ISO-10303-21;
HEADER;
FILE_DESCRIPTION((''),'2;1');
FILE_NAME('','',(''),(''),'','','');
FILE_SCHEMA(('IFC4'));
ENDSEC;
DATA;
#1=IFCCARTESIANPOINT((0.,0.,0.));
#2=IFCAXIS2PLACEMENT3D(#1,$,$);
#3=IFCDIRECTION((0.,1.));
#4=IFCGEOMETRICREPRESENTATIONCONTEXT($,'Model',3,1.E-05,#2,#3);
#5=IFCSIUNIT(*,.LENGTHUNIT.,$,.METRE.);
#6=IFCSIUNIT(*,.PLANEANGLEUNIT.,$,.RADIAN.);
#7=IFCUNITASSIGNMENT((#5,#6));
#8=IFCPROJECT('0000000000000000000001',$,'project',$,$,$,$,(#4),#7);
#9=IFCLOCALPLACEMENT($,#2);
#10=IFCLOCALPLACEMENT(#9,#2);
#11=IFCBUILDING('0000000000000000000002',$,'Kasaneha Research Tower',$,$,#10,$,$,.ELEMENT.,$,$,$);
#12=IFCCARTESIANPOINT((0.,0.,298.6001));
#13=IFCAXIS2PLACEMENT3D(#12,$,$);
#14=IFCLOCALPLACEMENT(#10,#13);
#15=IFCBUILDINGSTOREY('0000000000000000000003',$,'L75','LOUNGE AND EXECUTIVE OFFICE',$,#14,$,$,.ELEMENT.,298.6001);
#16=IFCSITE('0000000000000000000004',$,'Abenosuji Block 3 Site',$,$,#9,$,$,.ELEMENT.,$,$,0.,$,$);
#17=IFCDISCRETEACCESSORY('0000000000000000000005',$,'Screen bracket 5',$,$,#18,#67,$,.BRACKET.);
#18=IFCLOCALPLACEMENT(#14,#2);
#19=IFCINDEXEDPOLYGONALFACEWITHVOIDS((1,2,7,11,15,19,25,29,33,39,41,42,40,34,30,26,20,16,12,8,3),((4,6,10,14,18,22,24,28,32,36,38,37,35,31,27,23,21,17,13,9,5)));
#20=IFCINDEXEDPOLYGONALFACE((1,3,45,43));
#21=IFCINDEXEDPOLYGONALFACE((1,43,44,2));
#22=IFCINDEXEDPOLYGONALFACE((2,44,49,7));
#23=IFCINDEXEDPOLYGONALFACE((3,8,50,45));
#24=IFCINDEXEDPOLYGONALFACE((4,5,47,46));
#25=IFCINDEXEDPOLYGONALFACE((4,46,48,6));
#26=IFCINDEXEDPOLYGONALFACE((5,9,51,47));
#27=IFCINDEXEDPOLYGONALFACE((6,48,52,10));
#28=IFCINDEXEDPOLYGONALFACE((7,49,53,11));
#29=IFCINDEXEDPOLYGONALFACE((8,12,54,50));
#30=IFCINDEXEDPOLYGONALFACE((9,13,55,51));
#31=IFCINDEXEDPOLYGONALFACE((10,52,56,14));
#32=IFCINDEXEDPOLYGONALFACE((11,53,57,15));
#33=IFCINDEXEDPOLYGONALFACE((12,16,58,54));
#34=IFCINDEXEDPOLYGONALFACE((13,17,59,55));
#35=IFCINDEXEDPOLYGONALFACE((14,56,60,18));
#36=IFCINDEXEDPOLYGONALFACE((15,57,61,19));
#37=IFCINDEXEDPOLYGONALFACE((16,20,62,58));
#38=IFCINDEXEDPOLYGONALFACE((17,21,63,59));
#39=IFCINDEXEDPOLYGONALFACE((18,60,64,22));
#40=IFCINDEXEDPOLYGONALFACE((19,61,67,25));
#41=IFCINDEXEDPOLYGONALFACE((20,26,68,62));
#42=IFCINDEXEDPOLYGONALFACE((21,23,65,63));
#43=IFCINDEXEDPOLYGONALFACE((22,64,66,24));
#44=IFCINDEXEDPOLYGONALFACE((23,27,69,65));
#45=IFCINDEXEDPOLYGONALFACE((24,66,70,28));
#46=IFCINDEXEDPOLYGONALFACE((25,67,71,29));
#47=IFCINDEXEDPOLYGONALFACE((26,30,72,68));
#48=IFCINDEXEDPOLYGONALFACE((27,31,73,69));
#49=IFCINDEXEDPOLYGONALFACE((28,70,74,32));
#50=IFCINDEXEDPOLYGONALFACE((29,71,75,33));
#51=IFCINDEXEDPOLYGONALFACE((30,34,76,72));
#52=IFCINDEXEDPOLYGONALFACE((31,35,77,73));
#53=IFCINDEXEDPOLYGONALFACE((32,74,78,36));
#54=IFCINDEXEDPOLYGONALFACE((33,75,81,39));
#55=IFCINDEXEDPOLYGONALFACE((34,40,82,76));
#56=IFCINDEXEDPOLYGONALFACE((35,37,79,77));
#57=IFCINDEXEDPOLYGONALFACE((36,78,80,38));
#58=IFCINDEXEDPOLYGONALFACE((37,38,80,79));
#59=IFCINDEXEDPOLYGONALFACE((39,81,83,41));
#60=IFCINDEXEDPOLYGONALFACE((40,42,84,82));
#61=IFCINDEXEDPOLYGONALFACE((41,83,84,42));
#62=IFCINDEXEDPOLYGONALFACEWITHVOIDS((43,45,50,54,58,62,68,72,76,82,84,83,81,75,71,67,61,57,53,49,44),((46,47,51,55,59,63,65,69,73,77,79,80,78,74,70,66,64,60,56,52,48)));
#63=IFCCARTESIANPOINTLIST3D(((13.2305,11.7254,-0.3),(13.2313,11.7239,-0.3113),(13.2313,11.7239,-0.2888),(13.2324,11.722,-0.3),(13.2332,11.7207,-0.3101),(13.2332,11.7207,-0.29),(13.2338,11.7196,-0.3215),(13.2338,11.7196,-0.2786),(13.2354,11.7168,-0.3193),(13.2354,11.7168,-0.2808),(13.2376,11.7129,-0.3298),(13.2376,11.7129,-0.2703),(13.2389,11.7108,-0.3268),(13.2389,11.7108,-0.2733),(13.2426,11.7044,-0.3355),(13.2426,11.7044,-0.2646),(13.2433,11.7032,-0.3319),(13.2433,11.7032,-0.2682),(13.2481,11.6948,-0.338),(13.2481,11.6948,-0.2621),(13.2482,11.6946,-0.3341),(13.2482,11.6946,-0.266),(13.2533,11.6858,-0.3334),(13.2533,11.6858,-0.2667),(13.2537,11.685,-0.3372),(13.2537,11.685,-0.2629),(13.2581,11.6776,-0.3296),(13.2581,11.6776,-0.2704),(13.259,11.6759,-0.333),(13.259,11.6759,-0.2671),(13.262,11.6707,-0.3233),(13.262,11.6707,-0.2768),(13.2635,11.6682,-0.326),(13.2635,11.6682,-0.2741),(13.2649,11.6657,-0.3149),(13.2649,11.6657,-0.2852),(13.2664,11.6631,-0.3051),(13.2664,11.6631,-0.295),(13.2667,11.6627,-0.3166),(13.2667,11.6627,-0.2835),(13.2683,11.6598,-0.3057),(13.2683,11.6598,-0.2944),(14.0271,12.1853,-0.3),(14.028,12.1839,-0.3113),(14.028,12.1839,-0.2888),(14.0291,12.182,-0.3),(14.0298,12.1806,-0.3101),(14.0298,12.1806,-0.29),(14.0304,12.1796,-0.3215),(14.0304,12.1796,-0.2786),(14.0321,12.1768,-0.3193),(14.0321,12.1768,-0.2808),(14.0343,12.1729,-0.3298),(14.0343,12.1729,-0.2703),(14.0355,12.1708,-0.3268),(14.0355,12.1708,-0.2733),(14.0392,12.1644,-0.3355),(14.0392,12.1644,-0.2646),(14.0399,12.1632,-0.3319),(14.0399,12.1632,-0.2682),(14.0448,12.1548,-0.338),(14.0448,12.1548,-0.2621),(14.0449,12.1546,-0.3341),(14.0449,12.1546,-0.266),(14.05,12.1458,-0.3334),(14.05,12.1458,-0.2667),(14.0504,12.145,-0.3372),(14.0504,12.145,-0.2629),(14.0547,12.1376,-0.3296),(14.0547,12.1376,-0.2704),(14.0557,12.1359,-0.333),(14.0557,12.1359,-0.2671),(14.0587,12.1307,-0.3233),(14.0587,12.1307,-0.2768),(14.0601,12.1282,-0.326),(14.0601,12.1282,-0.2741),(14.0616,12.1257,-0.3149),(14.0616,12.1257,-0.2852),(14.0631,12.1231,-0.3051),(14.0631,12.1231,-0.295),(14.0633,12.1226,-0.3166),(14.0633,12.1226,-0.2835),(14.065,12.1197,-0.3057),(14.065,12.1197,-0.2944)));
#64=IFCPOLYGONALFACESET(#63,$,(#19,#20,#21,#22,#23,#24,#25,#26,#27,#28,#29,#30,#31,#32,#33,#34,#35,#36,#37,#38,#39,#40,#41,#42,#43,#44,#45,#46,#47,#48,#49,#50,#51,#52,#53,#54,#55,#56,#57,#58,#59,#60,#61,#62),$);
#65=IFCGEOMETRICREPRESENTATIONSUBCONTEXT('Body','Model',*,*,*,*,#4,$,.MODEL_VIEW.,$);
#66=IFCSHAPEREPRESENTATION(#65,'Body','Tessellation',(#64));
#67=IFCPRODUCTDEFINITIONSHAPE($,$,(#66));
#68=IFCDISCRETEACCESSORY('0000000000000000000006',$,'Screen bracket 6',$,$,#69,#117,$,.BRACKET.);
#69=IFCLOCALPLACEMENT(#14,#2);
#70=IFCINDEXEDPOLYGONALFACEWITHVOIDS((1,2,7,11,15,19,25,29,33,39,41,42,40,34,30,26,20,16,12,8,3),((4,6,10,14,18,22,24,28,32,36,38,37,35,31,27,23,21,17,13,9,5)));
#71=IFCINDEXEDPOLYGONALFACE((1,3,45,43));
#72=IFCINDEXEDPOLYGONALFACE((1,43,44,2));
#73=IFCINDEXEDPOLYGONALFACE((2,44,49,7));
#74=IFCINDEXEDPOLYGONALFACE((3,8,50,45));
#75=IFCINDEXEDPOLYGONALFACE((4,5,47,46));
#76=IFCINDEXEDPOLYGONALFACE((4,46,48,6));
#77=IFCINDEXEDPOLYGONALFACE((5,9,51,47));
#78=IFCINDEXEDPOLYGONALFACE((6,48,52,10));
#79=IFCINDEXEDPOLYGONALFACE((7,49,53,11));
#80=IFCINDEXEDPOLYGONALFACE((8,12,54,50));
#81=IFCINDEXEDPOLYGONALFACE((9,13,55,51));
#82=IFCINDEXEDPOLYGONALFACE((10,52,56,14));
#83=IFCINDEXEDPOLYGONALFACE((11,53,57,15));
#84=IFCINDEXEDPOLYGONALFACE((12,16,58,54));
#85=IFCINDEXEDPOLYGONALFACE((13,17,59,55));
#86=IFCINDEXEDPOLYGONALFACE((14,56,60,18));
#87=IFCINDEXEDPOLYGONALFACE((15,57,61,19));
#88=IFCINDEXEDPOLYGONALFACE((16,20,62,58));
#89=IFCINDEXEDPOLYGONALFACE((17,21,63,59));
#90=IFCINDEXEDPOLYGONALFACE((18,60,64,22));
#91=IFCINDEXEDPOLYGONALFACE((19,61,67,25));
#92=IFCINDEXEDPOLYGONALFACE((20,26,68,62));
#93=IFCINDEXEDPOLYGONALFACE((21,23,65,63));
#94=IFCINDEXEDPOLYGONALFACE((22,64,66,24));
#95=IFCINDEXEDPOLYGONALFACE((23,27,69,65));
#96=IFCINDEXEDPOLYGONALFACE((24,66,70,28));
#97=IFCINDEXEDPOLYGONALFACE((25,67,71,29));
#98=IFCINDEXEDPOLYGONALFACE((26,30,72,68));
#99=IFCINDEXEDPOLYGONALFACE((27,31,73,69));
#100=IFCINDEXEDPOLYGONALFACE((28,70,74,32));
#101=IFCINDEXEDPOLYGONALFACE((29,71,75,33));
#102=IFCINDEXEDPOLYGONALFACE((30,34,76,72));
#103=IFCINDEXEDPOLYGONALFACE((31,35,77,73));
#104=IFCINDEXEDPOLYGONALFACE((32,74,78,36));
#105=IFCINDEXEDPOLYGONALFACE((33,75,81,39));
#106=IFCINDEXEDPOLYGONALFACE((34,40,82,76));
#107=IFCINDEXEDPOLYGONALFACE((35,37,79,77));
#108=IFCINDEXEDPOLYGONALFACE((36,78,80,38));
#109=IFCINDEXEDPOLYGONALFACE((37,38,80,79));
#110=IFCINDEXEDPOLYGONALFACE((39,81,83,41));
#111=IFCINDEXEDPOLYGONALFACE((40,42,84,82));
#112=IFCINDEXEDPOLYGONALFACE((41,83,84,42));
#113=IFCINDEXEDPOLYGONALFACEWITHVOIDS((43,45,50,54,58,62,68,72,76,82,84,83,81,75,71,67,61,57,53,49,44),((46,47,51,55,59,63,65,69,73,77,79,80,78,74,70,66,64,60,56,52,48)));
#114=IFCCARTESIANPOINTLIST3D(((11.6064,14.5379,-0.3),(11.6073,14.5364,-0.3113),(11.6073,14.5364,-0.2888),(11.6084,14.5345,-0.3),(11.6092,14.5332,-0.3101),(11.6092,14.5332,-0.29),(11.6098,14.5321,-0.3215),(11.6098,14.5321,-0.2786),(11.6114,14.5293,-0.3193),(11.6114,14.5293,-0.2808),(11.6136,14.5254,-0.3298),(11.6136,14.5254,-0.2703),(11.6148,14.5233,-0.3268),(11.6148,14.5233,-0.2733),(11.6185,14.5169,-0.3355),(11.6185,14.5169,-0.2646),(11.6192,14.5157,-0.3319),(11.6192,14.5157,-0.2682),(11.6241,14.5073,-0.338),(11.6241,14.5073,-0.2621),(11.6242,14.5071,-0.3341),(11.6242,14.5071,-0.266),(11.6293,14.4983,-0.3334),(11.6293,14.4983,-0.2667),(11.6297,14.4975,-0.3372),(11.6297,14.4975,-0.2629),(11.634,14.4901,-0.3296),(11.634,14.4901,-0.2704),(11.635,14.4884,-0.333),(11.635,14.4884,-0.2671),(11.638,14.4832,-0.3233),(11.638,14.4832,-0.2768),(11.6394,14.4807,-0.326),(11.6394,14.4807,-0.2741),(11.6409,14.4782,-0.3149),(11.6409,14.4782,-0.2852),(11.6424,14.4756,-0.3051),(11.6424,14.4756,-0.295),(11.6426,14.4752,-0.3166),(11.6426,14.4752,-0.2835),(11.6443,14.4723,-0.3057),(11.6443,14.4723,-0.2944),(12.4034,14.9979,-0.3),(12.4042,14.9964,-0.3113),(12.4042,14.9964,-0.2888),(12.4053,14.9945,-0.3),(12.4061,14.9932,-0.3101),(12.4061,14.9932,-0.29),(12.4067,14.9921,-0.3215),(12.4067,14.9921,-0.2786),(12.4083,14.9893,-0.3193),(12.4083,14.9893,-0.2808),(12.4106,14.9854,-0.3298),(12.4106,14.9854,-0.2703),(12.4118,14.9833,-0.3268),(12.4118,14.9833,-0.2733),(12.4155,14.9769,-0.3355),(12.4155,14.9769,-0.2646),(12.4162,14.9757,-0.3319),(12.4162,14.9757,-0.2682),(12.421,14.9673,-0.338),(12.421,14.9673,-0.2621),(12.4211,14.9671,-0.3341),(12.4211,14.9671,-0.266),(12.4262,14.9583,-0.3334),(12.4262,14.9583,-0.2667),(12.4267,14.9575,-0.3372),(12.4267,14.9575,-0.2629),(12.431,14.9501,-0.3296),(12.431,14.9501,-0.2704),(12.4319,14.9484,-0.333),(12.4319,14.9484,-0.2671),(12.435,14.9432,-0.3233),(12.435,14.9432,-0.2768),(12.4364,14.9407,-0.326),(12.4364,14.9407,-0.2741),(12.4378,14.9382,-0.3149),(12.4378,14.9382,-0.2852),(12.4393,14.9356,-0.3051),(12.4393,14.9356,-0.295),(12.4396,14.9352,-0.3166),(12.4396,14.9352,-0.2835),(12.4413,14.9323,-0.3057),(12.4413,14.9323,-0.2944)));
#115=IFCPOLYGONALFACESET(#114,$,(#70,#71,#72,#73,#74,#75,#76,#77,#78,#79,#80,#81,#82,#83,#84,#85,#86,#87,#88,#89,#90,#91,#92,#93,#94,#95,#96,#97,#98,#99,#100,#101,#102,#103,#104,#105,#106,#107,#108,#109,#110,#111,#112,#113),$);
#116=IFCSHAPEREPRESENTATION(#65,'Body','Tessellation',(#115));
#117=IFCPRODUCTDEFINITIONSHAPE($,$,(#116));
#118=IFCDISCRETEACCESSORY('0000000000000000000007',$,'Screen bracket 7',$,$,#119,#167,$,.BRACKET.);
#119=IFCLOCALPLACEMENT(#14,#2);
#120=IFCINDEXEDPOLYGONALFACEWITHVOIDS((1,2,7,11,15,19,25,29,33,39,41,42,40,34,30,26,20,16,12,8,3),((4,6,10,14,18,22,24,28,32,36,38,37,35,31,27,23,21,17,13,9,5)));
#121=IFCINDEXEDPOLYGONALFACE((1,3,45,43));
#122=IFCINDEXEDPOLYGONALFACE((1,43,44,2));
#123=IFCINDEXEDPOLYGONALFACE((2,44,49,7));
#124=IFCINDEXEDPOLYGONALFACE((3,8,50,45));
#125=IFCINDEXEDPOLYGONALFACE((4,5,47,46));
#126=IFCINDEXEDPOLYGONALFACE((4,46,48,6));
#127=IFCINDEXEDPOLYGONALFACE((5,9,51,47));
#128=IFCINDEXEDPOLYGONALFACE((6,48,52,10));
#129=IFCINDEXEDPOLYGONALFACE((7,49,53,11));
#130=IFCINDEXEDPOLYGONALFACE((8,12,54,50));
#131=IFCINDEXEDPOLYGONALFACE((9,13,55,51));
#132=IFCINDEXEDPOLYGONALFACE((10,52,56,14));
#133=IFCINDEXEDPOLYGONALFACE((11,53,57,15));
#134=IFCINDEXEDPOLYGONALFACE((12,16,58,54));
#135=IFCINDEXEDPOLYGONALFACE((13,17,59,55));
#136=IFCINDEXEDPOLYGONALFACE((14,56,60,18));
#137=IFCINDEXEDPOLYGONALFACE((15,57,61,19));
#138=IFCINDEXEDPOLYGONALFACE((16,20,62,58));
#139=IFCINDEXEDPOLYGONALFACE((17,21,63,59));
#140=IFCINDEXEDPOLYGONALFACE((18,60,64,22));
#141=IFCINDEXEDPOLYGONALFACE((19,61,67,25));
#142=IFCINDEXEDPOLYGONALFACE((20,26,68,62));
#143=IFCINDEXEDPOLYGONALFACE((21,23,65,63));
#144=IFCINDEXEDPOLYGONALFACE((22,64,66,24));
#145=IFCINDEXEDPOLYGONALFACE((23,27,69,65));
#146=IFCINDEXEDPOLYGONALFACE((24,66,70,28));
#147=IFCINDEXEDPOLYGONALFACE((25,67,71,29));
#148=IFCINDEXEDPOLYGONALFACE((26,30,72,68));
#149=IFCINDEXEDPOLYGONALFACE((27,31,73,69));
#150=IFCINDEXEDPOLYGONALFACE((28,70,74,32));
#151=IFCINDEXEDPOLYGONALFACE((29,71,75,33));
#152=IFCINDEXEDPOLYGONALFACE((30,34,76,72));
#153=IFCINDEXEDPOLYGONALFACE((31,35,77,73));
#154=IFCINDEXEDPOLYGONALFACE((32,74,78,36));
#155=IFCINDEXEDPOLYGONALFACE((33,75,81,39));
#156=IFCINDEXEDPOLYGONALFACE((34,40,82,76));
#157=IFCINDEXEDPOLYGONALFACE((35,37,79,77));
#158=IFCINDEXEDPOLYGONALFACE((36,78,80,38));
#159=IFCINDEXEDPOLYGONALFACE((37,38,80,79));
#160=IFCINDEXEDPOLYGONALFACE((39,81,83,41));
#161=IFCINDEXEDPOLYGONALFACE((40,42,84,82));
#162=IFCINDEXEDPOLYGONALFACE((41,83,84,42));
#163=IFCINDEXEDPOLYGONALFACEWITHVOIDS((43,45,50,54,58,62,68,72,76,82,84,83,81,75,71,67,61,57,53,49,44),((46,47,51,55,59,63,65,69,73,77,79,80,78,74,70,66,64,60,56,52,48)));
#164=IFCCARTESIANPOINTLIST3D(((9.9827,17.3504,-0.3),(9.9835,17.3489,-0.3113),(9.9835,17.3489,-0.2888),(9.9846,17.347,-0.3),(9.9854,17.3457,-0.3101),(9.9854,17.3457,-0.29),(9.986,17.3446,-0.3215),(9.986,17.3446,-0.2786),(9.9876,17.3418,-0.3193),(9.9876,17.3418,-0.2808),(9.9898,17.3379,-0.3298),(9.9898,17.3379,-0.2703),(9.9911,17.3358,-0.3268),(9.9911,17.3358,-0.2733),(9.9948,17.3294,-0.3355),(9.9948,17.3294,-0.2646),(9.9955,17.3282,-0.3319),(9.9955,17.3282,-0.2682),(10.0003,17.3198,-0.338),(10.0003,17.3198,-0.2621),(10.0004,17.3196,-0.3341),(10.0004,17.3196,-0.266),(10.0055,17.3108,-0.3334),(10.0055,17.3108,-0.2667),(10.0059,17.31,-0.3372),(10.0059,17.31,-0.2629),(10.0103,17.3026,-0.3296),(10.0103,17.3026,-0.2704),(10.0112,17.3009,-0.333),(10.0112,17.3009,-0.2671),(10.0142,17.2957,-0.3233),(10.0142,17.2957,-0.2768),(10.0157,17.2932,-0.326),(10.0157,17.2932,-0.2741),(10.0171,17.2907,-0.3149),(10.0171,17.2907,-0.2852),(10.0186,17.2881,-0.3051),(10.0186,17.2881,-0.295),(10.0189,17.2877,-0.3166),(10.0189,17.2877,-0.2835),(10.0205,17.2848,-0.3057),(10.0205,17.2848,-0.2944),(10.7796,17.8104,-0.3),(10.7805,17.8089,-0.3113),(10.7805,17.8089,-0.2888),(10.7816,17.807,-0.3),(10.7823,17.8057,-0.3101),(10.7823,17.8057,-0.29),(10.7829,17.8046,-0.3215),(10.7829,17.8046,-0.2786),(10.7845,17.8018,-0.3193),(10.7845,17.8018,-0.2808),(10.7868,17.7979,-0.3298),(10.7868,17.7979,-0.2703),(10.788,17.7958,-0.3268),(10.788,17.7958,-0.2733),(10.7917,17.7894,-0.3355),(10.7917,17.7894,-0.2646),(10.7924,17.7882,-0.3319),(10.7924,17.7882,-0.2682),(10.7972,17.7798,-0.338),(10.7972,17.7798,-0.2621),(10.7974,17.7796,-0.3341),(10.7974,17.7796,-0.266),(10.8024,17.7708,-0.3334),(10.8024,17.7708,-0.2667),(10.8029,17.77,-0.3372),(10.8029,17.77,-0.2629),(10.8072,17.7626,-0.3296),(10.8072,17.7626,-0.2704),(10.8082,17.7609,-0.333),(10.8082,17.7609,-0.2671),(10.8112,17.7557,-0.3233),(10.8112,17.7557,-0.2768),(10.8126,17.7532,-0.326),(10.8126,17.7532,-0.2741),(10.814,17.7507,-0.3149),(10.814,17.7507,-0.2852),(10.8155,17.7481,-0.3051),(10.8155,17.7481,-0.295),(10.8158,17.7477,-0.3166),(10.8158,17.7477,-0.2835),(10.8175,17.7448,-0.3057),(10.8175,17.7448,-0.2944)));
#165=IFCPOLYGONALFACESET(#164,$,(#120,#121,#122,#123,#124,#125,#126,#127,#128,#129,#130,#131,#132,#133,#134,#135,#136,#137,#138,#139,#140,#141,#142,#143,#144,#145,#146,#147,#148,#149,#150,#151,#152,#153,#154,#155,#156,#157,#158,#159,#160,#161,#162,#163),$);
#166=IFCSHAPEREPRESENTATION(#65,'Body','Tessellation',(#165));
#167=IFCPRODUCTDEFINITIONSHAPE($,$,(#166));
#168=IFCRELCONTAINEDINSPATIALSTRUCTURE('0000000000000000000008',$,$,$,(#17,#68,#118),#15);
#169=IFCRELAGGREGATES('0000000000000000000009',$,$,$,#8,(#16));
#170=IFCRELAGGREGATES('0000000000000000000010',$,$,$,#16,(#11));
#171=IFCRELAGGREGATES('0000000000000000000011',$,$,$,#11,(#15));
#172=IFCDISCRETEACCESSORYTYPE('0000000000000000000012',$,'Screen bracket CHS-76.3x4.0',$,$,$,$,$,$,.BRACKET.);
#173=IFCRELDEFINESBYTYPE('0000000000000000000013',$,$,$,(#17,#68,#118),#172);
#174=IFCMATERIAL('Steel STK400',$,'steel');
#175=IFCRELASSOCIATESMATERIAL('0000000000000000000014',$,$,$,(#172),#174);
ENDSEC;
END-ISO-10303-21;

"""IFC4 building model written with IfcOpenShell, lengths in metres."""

from ifc_helpers import new_model, si_unit, direction, frame, origin, origin_2d, place, context, subcontext, project, spatial, hollow_circle, extrude, material, material_profile, profile_set, type_object, element, save


model = new_model("IFC4")

# Units and contexts
model_context = context("Model", 3, precision=1e-05, world=origin(), true_north=direction((0.0, 1.0)))
body_context = subcontext(model_context, "Body", "Model", "MODEL_VIEW")
ifc_project = project(units=[si_unit("LENGTHUNIT", "METRE"), si_unit("PLANEANGLEUNIT", "RADIAN")], contexts=[model_context])

# Site, building, storey
site_placement = place(None, origin())
site = spatial("IfcSite", under=ifc_project, at=site_placement, Name="Abenosuji Block 3 Site", CompositionType="ELEMENT", RefElevation=0.0)
building_placement = place(site_placement, origin())
building = spatial("IfcBuilding", under=site, at=building_placement, Name="Kasaneha Research Tower", CompositionType="ELEMENT")
storey_placement = place(building_placement, frame((0.0, 0.0, 298.6001)))
storey = spatial("IfcBuildingStorey", under=building, at=storey_placement, Name="L75", Description="LOUNGE AND EXECUTIVE OFFICE", CompositionType="ELEMENT", Elevation=298.6001)

# Discrete accessories
ifc_material_1 = material(Name="Steel STK400", Category="steel")
ifc_material_profile_1 = material_profile(ifc_material_1, hollow_circle(Radius=0.0381, WallThickness=0.0039, at=origin_2d()), Name="CHS-76.3x4.0")
ifc_profile_set_1 = profile_set([ifc_material_profile_1], Name="Steel STK400")
discrete_accessory_type = type_object("IfcDiscreteAccessoryType", Name="Screen bracket CHS-76.3x4.0", PredefinedType="BRACKET", material=ifc_profile_set_1)
for number, where, z_axis, x_axis, name in (
    (1, (13.2495, 11.6924, -0.3), (0.866013, 0.500021, 0.0), (-0.500021, 0.866013, 0.0), "Screen bracket 5"),
):
    element("IfcDiscreteAccessory", number, at=place(storey_placement, frame(where, z_axis=z_axis, x_axis=x_axis)), inside=storey, type_object=discrete_accessory_type, Name=name, PredefinedType="BRACKET", context=body_context, shape_type="SweptSolid", body=[
        extrude(hollow_circle(Radius=0.0381, WallThickness=0.0039, at=origin_2d()), origin(), (0.0, 0.0, 1.0), 0.9199),
    ])
for number, where, z_axis, x_axis, name in (
    (2, (11.6255, 14.5049, -0.3), (0.86608, 0.499906, 0.0), (-0.499906, 0.86608, 0.0), "Screen bracket 6"),
    (3, (10.0017, 17.3174, -0.3), (0.86608, 0.499906, 0.0), (-0.499906, 0.86608, 0.0), "Screen bracket 7"),
):
    element("IfcDiscreteAccessory", number, at=place(storey_placement, frame(where, z_axis=z_axis, x_axis=x_axis)), inside=storey, type_object=discrete_accessory_type, Name=name, PredefinedType="BRACKET", context=body_context, shape_type="SweptSolid", body=[
        extrude(hollow_circle(Radius=0.0381, WallThickness=0.0039, at=origin_2d()), origin(), (0.0, 0.0, 1.0), 0.9202),
    ])

save(model, "model.ifc")
